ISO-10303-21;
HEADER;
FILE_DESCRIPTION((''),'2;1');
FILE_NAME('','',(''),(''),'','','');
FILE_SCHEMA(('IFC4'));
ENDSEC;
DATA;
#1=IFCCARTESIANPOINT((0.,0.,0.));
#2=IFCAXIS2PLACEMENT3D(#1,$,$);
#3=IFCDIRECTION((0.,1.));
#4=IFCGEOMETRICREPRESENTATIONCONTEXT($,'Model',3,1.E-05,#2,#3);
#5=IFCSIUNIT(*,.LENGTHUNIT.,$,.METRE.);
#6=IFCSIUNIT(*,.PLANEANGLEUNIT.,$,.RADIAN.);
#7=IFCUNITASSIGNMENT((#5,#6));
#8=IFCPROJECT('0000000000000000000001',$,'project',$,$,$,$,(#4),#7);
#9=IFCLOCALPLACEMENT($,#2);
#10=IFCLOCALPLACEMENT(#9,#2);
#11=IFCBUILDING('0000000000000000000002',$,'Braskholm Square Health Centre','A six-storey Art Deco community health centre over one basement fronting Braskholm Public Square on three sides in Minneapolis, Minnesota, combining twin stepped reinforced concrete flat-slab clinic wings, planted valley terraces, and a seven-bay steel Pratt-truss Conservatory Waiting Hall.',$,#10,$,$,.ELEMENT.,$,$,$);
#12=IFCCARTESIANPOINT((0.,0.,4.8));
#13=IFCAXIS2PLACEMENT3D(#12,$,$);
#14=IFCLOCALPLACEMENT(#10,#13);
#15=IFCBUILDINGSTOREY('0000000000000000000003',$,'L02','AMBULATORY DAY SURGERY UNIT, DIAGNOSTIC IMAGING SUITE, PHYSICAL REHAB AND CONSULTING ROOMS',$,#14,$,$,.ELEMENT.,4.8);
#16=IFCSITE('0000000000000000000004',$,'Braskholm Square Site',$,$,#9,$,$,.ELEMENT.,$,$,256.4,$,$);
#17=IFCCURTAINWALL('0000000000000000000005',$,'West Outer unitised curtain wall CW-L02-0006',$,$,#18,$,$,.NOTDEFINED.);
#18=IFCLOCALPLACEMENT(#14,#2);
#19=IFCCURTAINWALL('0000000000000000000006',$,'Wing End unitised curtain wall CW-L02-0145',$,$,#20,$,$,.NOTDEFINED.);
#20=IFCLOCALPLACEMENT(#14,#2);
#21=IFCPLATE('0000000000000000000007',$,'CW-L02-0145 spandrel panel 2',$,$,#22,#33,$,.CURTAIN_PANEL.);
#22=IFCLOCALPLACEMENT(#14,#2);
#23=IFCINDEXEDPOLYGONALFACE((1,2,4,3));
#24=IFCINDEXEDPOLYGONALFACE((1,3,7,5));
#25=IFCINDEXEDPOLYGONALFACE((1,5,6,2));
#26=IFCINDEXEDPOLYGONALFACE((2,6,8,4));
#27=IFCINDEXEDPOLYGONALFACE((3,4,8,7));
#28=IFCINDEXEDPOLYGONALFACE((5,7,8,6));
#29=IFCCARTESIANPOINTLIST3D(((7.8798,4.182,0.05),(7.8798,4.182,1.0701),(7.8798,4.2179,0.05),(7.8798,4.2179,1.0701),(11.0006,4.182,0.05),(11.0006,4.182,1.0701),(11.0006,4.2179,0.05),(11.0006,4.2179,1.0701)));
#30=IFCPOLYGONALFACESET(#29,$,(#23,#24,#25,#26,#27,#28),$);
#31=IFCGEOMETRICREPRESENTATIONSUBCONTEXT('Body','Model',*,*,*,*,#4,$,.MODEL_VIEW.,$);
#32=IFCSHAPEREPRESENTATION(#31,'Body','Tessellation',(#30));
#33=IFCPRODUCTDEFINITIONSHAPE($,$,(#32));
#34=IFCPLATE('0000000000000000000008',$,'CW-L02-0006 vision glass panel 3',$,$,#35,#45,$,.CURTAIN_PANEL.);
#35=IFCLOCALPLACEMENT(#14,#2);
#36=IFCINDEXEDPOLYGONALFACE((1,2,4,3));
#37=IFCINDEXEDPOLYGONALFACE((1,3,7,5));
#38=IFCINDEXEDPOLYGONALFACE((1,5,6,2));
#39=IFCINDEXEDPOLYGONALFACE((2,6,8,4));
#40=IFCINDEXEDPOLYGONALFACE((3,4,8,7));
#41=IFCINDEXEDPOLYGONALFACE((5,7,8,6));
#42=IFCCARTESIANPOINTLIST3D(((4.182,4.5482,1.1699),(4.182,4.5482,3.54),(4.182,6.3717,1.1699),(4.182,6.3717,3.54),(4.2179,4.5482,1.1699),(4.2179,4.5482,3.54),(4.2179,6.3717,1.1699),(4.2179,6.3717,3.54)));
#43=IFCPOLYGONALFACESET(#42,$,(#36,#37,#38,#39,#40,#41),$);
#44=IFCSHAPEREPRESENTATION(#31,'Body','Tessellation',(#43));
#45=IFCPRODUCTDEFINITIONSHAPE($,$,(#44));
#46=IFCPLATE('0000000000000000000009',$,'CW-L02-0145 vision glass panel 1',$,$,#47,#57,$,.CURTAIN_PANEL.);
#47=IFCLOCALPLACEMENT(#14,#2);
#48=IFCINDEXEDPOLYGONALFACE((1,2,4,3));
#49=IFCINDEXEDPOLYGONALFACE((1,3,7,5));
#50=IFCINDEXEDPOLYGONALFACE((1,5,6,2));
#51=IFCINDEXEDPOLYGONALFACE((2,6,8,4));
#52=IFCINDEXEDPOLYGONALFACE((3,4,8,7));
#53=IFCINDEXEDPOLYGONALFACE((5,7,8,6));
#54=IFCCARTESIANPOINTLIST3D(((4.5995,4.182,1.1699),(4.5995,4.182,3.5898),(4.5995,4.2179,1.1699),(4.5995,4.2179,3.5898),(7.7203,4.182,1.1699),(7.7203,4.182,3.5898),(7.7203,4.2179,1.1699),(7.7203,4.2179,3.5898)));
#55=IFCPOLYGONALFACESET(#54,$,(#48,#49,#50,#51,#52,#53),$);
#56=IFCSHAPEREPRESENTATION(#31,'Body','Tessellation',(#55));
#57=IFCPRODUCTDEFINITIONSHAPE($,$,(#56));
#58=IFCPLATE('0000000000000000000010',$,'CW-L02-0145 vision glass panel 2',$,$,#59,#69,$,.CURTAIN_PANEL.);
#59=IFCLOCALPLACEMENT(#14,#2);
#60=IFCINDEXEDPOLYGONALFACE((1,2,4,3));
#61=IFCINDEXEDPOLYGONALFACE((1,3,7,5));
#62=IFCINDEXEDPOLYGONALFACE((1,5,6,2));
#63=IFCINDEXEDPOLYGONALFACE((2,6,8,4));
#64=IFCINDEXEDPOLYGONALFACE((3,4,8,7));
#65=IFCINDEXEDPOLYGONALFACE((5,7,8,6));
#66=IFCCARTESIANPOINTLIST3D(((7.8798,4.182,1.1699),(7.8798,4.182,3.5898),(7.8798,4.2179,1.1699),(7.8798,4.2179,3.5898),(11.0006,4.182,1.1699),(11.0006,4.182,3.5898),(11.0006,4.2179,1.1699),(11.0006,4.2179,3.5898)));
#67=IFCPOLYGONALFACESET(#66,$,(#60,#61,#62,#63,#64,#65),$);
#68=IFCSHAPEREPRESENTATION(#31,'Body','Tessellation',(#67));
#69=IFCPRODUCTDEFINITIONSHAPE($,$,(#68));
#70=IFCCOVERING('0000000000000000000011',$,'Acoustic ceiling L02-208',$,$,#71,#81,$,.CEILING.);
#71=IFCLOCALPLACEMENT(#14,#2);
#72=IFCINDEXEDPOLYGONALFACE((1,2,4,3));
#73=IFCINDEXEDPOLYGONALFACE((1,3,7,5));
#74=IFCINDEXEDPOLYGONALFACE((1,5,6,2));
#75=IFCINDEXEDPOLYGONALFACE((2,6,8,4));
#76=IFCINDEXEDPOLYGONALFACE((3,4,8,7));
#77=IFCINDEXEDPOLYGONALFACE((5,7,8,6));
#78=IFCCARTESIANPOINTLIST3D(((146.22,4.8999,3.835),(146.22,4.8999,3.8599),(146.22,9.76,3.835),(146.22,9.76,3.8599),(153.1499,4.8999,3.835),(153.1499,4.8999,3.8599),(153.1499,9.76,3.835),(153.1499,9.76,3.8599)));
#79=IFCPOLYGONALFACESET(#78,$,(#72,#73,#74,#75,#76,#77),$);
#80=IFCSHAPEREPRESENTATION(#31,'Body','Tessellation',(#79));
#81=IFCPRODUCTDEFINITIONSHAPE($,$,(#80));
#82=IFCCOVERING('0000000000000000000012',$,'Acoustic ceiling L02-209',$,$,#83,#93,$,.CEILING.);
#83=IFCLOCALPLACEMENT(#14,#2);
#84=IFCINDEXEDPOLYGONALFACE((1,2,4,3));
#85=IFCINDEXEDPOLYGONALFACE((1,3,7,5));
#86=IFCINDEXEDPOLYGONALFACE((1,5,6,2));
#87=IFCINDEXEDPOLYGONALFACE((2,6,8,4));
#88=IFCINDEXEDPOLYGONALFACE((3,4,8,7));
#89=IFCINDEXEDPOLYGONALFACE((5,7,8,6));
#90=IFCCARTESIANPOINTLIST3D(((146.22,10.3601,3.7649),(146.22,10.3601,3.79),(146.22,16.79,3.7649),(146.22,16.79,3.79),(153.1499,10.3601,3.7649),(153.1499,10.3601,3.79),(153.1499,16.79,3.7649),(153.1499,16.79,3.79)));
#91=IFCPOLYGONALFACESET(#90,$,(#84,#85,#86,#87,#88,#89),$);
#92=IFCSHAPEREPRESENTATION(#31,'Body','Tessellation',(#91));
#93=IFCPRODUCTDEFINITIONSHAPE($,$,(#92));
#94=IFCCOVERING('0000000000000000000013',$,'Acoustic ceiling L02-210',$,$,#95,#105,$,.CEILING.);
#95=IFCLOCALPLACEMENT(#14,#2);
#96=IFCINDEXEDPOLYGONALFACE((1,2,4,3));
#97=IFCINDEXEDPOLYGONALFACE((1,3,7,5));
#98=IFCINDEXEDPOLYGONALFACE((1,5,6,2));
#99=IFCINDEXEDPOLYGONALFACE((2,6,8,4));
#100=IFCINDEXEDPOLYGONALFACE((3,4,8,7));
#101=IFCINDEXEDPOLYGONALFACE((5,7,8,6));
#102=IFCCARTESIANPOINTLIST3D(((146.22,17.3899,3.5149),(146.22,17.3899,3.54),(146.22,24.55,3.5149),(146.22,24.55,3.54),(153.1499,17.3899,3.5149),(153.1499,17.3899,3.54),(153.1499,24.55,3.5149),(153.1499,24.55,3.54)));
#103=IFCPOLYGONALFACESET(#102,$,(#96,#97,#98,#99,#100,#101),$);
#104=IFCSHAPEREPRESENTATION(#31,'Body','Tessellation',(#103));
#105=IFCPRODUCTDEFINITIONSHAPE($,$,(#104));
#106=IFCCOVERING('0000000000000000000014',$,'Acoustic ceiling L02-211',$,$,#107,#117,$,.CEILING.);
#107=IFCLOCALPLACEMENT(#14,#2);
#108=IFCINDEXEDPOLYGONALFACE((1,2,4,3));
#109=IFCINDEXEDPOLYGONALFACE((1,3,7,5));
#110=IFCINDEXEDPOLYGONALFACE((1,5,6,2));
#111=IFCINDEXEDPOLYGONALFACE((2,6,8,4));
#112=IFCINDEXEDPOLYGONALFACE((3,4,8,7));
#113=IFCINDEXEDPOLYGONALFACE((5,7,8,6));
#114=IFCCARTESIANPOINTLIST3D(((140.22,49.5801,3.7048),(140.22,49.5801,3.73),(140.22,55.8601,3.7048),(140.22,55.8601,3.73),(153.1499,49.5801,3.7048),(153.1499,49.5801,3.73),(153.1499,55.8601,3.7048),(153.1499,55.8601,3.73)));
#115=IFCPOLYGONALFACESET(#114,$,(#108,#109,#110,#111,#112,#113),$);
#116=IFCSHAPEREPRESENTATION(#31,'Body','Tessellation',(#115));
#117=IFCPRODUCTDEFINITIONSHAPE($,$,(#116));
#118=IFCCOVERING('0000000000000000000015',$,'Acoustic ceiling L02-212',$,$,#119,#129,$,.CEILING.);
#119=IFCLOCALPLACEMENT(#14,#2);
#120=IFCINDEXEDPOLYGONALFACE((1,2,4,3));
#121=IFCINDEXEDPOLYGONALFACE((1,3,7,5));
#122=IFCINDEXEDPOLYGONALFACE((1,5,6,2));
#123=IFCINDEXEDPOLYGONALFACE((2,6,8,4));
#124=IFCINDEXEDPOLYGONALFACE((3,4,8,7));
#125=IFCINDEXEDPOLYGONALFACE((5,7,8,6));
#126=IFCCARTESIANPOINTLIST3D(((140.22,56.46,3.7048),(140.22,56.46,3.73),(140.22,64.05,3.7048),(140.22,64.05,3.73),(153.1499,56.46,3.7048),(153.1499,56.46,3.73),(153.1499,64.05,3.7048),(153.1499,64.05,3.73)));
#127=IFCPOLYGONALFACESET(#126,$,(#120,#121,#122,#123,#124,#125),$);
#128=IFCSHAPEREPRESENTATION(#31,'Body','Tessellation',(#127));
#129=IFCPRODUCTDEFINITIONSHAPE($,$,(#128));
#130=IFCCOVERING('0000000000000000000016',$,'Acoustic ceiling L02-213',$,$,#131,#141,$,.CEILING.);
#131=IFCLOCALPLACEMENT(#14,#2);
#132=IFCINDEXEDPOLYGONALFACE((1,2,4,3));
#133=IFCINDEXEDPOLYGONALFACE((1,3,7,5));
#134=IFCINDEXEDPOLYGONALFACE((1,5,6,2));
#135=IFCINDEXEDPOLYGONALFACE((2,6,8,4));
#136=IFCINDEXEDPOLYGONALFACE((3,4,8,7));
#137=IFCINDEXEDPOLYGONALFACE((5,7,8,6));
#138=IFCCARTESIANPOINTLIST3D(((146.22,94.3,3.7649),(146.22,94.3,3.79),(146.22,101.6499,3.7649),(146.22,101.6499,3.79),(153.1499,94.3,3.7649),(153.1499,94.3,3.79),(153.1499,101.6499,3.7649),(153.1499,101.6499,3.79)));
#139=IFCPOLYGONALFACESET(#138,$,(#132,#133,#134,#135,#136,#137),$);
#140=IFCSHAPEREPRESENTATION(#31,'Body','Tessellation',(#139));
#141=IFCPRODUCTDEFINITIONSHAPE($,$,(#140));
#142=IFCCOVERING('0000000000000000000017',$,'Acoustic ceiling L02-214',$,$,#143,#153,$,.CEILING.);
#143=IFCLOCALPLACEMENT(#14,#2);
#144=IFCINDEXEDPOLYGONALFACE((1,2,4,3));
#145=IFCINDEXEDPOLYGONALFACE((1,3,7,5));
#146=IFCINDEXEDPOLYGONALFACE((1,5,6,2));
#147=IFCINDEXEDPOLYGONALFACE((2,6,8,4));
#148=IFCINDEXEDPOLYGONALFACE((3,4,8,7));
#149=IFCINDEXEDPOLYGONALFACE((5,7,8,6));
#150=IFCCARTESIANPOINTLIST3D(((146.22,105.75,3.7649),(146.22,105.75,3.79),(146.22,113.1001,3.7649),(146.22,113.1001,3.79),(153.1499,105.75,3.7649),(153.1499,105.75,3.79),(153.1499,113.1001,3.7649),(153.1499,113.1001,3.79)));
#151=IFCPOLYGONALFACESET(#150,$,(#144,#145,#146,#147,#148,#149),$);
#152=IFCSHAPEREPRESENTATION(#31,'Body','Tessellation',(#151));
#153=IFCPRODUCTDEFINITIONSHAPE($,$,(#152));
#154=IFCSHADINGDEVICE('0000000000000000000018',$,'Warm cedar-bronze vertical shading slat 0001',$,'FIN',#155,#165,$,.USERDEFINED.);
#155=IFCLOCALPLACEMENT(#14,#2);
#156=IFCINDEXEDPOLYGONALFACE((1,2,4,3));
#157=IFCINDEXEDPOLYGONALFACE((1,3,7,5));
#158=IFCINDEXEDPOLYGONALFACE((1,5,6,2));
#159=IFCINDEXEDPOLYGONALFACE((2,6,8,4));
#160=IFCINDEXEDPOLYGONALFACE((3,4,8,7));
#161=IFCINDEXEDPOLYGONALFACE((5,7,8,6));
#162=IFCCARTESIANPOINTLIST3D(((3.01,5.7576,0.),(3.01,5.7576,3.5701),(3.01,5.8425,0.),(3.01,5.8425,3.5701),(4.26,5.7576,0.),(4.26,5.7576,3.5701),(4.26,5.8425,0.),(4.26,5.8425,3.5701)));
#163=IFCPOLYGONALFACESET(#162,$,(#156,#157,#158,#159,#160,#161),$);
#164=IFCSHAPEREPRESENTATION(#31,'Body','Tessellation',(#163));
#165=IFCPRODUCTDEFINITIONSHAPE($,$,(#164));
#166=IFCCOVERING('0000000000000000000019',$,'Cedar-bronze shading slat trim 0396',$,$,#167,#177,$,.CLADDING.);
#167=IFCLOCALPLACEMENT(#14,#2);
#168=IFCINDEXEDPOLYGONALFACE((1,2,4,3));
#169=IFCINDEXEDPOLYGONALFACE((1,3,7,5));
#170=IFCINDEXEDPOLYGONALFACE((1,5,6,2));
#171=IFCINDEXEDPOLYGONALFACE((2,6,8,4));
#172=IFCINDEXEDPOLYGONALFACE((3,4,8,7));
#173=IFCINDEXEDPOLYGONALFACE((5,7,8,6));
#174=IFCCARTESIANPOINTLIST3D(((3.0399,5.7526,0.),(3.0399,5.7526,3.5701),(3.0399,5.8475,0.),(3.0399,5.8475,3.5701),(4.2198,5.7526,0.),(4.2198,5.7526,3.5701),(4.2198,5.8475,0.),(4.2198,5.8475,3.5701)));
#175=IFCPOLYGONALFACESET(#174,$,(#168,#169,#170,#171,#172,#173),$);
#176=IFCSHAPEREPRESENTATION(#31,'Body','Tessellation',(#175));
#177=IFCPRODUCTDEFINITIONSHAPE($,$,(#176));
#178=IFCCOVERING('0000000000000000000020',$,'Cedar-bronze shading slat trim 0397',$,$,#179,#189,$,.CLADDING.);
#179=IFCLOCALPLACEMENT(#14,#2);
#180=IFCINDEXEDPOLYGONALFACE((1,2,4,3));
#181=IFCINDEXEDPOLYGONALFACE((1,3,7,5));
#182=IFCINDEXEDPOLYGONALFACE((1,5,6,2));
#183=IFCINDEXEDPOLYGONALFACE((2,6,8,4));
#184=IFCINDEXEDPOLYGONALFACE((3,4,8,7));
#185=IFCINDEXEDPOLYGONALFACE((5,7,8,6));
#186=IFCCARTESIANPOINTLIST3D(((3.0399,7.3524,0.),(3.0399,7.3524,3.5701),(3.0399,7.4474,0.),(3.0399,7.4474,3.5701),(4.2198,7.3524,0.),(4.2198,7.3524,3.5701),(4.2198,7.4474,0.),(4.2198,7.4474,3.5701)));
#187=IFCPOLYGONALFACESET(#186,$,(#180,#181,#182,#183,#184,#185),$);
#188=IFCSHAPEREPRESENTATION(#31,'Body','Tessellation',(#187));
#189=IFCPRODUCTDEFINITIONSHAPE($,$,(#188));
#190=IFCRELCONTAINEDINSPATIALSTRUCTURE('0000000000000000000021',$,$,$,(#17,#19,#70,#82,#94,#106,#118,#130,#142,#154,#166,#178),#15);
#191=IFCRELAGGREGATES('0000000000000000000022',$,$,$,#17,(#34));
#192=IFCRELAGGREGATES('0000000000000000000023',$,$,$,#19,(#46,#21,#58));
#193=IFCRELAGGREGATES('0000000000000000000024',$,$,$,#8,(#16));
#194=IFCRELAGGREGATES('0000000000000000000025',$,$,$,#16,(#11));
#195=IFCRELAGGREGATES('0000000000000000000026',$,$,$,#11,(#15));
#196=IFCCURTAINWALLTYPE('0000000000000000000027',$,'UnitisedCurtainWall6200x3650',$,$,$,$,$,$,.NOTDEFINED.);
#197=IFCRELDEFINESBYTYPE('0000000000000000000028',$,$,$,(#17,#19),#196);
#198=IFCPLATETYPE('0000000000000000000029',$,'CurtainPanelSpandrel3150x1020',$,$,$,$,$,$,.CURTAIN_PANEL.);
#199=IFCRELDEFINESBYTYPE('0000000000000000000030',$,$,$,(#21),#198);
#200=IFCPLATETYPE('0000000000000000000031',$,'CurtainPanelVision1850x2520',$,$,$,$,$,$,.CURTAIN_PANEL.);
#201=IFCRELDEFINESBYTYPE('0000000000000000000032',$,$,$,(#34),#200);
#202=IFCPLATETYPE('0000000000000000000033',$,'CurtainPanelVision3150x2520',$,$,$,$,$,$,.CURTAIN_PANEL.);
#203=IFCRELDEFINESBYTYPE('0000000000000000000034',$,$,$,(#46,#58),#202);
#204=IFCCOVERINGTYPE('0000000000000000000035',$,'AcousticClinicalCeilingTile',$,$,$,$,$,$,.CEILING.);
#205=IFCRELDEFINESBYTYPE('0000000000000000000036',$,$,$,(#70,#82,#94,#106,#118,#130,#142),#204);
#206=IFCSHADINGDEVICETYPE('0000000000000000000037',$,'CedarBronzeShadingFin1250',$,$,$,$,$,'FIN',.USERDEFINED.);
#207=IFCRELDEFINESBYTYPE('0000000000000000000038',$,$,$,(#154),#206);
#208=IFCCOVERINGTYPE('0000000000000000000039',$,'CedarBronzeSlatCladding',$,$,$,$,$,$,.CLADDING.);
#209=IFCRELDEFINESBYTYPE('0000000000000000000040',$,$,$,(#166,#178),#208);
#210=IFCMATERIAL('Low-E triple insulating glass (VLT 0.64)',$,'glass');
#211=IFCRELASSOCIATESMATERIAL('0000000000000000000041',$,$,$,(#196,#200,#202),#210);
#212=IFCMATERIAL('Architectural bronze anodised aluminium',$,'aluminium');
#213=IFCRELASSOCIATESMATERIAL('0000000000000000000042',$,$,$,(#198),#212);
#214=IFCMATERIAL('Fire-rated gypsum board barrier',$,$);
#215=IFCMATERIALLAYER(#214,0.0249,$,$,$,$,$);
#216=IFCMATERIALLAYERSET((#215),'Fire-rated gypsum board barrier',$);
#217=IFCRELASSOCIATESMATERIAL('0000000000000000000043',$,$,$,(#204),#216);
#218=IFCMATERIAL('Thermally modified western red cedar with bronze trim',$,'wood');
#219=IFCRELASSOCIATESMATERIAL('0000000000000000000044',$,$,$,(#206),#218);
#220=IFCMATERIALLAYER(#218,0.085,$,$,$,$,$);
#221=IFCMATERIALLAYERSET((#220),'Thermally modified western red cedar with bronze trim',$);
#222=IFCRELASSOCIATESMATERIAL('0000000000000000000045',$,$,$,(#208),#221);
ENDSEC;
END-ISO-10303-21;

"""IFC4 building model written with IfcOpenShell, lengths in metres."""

from ifc_helpers import new_model, si_unit, direction, frame, origin, origin_2d, place, context, subcontext, project, spatial, polyline, rectangle, outline, extrude, material, layer, layer_set, type_object, element, aggregate, save


model = new_model("IFC4")

# Units and contexts
model_context = context("Model", 3, precision=1e-05, world=origin(), true_north=direction((0.0, 1.0)))
body_context = subcontext(model_context, "Body", "Model", "MODEL_VIEW")
ifc_project = project(units=[si_unit("LENGTHUNIT", "METRE"), si_unit("PLANEANGLEUNIT", "RADIAN")], contexts=[model_context])

# Site, building, storey
site_placement = place(None, origin())
site = spatial("IfcSite", under=ifc_project, at=site_placement, Name="Braskholm Square Site", CompositionType="ELEMENT", RefElevation=256.4)
building_placement = place(site_placement, origin())
building = spatial("IfcBuilding", under=site, at=building_placement, Name="Braskholm Square Health Centre", Description="A six-storey Art Deco community health centre over one basement fronting Braskholm Public Square on three sides in Minneapolis, Minnesota, combining twin stepped reinforced concrete flat-slab clinic wings, planted valley terraces, and a seven-bay steel Pratt-truss Conservatory Waiting Hall.", CompositionType="ELEMENT")
storey_placement = place(building_placement, frame((0.0, 0.0, 4.8)))
storey = spatial("IfcBuildingStorey", under=building, at=storey_placement, Name="L02", Description="AMBULATORY DAY SURGERY UNIT, DIAGNOSTIC IMAGING SUITE, PHYSICAL REHAB AND CONSULTING ROOMS", CompositionType="ELEMENT", Elevation=4.8)

# Curtain walls
ifc_material_1 = material(Name="Low-E triple insulating glass (VLT 0.64)", Category="glass")
curtain_wall_type = type_object("IfcCurtainWallType", Name="UnitisedCurtainWall6200x3650", PredefinedType="NOTDEFINED", material=ifc_material_1)
curtain_wall_1_placement = place(storey_placement, origin())
curtain_wall_1 = element("IfcCurtainWall", 1, at=curtain_wall_1_placement, inside=storey, type_object=curtain_wall_type, Name="West Outer unitised curtain wall CW-L02-0006", PredefinedType="NOTDEFINED")
ifc_material_2 = material(Name="Architectural bronze anodised aluminium", Category="aluminium")
curtain_wall_2_placement = place(storey_placement, origin())
curtain_wall_2 = element("IfcCurtainWall", 2, at=curtain_wall_2_placement, inside=storey, type_object=curtain_wall_type, Name="Wing End unitised curtain wall CW-L02-0145", PredefinedType="NOTDEFINED")

# Plates
plate_type_1 = type_object("IfcPlateType", Name="CurtainPanelSpandrel3150x1020", PredefinedType="CURTAIN_PANEL", material=ifc_material_2)
plate_1_placement = place(storey_placement, frame((9.4402, 4.2, 0.05), z_axis=(0.0, 0.0, 1.0), x_axis=(1.0, 0.0, 0.0)))
plate_1 = element("IfcPlate", 3, at=plate_1_placement, type_object=plate_type_1, Name="CW-L02-0145 spandrel panel 2", PredefinedType="CURTAIN_PANEL", context=body_context, shape_type="SweptSolid", body=[
    extrude(rectangle(XDim=3.1208, YDim=0.0359, at=origin_2d()), origin(), (0.0, 0.0, 1.0), 1.02),
])
plate_type_2 = type_object("IfcPlateType", Name="CurtainPanelVision1850x2520", PredefinedType="CURTAIN_PANEL", material=ifc_material_1)
plate_2_placement = place(storey_placement, frame((4.2, 5.46, 1.1699), z_axis=(0.0, 0.0, 1.0), x_axis=(0.0, -1.0, 0.0)))
plate_2 = element("IfcPlate", 4, at=plate_2_placement, type_object=plate_type_2, Name="CW-L02-0006 vision glass panel 3", PredefinedType="CURTAIN_PANEL", context=body_context, shape_type="SweptSolid", body=[
    extrude(rectangle(XDim=1.8235, YDim=0.0359, at=origin_2d()), origin(), (0.0, 0.0, 1.0), 2.3701),
])
aggregate(curtain_wall_1, [plate_2])
plate_type_3 = type_object("IfcPlateType", Name="CurtainPanelVision3150x2520", PredefinedType="CURTAIN_PANEL", material=ifc_material_1)
plate_3_placement = place(storey_placement, frame((6.1599, 4.2, 1.1699), z_axis=(0.0, 0.0, 1.0), x_axis=(1.0, 0.0, 0.0)))
plate_3 = element("IfcPlate", 5, at=plate_3_placement, type_object=plate_type_3, Name="CW-L02-0145 vision glass panel 1", PredefinedType="CURTAIN_PANEL", context=body_context, shape_type="SweptSolid", body=[
    extrude(rectangle(XDim=3.1208, YDim=0.0359, at=origin_2d()), origin(), (0.0, 0.0, 1.0), 2.4199),
])
plate_4_placement = place(storey_placement, frame((9.4402, 4.2, 1.1699), z_axis=(0.0, 0.0, 1.0), x_axis=(1.0, 0.0, 0.0)))
plate_4 = element("IfcPlate", 6, at=plate_4_placement, type_object=plate_type_3, Name="CW-L02-0145 vision glass panel 2", PredefinedType="CURTAIN_PANEL", context=body_context, shape_type="SweptSolid", body=[
    extrude(rectangle(XDim=3.1208, YDim=0.0359, at=origin_2d()), origin(), (0.0, 0.0, 1.0), 2.4199),
])
aggregate(curtain_wall_2, [plate_3, plate_1, plate_4])

# Coverings
ifc_material_3 = material(Name="Fire-rated gypsum board barrier")
ifc_layer_1 = layer(ifc_material_3, 0.0249)
ifc_layer_set_1 = layer_set([ifc_layer_1], Name="Fire-rated gypsum board barrier")
covering_type_1 = type_object("IfcCoveringType", Name="AcousticClinicalCeilingTile", PredefinedType="CEILING", material=ifc_layer_set_1)
covering_1_placement = place(storey_placement, frame((0.0, 0.0, 3.835)))
element("IfcCovering", 7, at=covering_1_placement, inside=storey, type_object=covering_type_1, Name="Acoustic ceiling L02-208", PredefinedType="CEILING", context=body_context, shape_type="SweptSolid", body=[
    extrude(outline(polyline([(146.22, 4.8999), (153.1499, 4.8999), (153.1499, 9.76), (146.22, 9.76), (146.22, 4.8999)])), origin(), (0.0, 0.0, 1.0), 0.0249),
])
covering_2_placement = place(storey_placement, frame((0.0, 0.0, 3.7649)))
element("IfcCovering", 8, at=covering_2_placement, inside=storey, type_object=covering_type_1, Name="Acoustic ceiling L02-209", PredefinedType="CEILING", context=body_context, shape_type="SweptSolid", body=[
    extrude(outline(polyline([(146.22, 10.3601), (153.1499, 10.3601), (153.1499, 16.79), (146.22, 16.79), (146.22, 10.3601)])), origin(), (0.0, 0.0, 1.0), 0.0251),
])
covering_3_placement = place(storey_placement, frame((0.0, 0.0, 3.5149)))
element("IfcCovering", 9, at=covering_3_placement, inside=storey, type_object=covering_type_1, Name="Acoustic ceiling L02-210", PredefinedType="CEILING", context=body_context, shape_type="SweptSolid", body=[
    extrude(outline(polyline([(146.22, 17.3899), (153.1499, 17.3899), (153.1499, 24.55), (146.22, 24.55), (146.22, 17.3899)])), origin(), (0.0, 0.0, 1.0), 0.0251),
])
covering_4_placement = place(storey_placement, frame((0.0, 0.0, 3.7048)))
element("IfcCovering", 10, at=covering_4_placement, inside=storey, type_object=covering_type_1, Name="Acoustic ceiling L02-211", PredefinedType="CEILING", context=body_context, shape_type="SweptSolid", body=[
    extrude(outline(polyline([(140.22, 49.5801), (153.1499, 49.5801), (153.1499, 55.8601), (140.22, 55.8601), (140.22, 49.5801)])), origin(), (0.0, 0.0, 1.0), 0.0251),
])
covering_5_placement = place(storey_placement, frame((0.0, 0.0, 3.7048)))
element("IfcCovering", 11, at=covering_5_placement, inside=storey, type_object=covering_type_1, Name="Acoustic ceiling L02-212", PredefinedType="CEILING", context=body_context, shape_type="SweptSolid", body=[
    extrude(outline(polyline([(140.22, 56.46), (153.1499, 56.46), (153.1499, 64.05), (140.22, 64.05), (140.22, 56.46)])), origin(), (0.0, 0.0, 1.0), 0.0251),
])
covering_6_placement = place(storey_placement, frame((0.0, 0.0, 3.7649)))
element("IfcCovering", 12, at=covering_6_placement, inside=storey, type_object=covering_type_1, Name="Acoustic ceiling L02-213", PredefinedType="CEILING", context=body_context, shape_type="SweptSolid", body=[
    extrude(outline(polyline([(146.22, 94.3), (153.1499, 94.3), (153.1499, 101.6499), (146.22, 101.6499), (146.22, 94.3)])), origin(), (0.0, 0.0, 1.0), 0.0251),
])
covering_7_placement = place(storey_placement, frame((0.0, 0.0, 3.7649)))
element("IfcCovering", 13, at=covering_7_placement, inside=storey, type_object=covering_type_1, Name="Acoustic ceiling L02-214", PredefinedType="CEILING", context=body_context, shape_type="SweptSolid", body=[
    extrude(outline(polyline([(146.22, 105.75), (153.1499, 105.75), (153.1499, 113.1001), (146.22, 113.1001), (146.22, 105.75)])), origin(), (0.0, 0.0, 1.0), 0.0251),
])

# Shading device
ifc_material_4 = material(Name="Thermally modified western red cedar with bronze trim", Category="wood")
shading_device_type = type_object("IfcShadingDeviceType", Name="CedarBronzeShadingFin1250", ElementType="FIN", PredefinedType="USERDEFINED", material=ifc_material_4)
shading_device_placement = place(storey_placement, frame((3.635, 5.8, 0.0), z_axis=(0.0, 0.0, 1.0), x_axis=(1.0, 0.0, 0.0)))
element("IfcShadingDevice", 14, at=shading_device_placement, inside=storey, type_object=shading_device_type, Name="Warm cedar-bronze vertical shading slat 0001", ObjectType="FIN", PredefinedType="USERDEFINED", context=body_context, shape_type="SweptSolid", body=[
    extrude(rectangle(XDim=1.25, YDim=0.085, at=origin_2d()), origin(), (0.0, 0.0, 1.0), 3.5701),
])

# Coverings
ifc_layer_2 = layer(ifc_material_4, 0.085)
ifc_layer_set_2 = layer_set([ifc_layer_2], Name="Thermally modified western red cedar with bronze trim")
covering_type_2 = type_object("IfcCoveringType", Name="CedarBronzeSlatCladding", PredefinedType="CLADDING", material=ifc_layer_set_2)
for number, where, z_axis, x_axis, name in (
    (15, (3.6299, 5.8, 0.0), (0.0, 0.0, 1.0), (1.0, 0.0, 0.0), "Cedar-bronze shading slat trim 0396"),
    (16, (3.6299, 7.3999, 0.0), (0.0, 0.0, 1.0), (1.0, 0.0, 0.0), "Cedar-bronze shading slat trim 0397"),
):
    element("IfcCovering", number, at=place(storey_placement, frame(where, z_axis=z_axis, x_axis=x_axis)), inside=storey, type_object=covering_type_2, Name=name, PredefinedType="CLADDING", context=body_context, shape_type="SweptSolid", body=[
        extrude(rectangle(XDim=1.1799, YDim=0.095, at=origin_2d()), origin(), (0.0, 0.0, 1.0), 3.5701),
    ])

save(model, "model.ifc")
